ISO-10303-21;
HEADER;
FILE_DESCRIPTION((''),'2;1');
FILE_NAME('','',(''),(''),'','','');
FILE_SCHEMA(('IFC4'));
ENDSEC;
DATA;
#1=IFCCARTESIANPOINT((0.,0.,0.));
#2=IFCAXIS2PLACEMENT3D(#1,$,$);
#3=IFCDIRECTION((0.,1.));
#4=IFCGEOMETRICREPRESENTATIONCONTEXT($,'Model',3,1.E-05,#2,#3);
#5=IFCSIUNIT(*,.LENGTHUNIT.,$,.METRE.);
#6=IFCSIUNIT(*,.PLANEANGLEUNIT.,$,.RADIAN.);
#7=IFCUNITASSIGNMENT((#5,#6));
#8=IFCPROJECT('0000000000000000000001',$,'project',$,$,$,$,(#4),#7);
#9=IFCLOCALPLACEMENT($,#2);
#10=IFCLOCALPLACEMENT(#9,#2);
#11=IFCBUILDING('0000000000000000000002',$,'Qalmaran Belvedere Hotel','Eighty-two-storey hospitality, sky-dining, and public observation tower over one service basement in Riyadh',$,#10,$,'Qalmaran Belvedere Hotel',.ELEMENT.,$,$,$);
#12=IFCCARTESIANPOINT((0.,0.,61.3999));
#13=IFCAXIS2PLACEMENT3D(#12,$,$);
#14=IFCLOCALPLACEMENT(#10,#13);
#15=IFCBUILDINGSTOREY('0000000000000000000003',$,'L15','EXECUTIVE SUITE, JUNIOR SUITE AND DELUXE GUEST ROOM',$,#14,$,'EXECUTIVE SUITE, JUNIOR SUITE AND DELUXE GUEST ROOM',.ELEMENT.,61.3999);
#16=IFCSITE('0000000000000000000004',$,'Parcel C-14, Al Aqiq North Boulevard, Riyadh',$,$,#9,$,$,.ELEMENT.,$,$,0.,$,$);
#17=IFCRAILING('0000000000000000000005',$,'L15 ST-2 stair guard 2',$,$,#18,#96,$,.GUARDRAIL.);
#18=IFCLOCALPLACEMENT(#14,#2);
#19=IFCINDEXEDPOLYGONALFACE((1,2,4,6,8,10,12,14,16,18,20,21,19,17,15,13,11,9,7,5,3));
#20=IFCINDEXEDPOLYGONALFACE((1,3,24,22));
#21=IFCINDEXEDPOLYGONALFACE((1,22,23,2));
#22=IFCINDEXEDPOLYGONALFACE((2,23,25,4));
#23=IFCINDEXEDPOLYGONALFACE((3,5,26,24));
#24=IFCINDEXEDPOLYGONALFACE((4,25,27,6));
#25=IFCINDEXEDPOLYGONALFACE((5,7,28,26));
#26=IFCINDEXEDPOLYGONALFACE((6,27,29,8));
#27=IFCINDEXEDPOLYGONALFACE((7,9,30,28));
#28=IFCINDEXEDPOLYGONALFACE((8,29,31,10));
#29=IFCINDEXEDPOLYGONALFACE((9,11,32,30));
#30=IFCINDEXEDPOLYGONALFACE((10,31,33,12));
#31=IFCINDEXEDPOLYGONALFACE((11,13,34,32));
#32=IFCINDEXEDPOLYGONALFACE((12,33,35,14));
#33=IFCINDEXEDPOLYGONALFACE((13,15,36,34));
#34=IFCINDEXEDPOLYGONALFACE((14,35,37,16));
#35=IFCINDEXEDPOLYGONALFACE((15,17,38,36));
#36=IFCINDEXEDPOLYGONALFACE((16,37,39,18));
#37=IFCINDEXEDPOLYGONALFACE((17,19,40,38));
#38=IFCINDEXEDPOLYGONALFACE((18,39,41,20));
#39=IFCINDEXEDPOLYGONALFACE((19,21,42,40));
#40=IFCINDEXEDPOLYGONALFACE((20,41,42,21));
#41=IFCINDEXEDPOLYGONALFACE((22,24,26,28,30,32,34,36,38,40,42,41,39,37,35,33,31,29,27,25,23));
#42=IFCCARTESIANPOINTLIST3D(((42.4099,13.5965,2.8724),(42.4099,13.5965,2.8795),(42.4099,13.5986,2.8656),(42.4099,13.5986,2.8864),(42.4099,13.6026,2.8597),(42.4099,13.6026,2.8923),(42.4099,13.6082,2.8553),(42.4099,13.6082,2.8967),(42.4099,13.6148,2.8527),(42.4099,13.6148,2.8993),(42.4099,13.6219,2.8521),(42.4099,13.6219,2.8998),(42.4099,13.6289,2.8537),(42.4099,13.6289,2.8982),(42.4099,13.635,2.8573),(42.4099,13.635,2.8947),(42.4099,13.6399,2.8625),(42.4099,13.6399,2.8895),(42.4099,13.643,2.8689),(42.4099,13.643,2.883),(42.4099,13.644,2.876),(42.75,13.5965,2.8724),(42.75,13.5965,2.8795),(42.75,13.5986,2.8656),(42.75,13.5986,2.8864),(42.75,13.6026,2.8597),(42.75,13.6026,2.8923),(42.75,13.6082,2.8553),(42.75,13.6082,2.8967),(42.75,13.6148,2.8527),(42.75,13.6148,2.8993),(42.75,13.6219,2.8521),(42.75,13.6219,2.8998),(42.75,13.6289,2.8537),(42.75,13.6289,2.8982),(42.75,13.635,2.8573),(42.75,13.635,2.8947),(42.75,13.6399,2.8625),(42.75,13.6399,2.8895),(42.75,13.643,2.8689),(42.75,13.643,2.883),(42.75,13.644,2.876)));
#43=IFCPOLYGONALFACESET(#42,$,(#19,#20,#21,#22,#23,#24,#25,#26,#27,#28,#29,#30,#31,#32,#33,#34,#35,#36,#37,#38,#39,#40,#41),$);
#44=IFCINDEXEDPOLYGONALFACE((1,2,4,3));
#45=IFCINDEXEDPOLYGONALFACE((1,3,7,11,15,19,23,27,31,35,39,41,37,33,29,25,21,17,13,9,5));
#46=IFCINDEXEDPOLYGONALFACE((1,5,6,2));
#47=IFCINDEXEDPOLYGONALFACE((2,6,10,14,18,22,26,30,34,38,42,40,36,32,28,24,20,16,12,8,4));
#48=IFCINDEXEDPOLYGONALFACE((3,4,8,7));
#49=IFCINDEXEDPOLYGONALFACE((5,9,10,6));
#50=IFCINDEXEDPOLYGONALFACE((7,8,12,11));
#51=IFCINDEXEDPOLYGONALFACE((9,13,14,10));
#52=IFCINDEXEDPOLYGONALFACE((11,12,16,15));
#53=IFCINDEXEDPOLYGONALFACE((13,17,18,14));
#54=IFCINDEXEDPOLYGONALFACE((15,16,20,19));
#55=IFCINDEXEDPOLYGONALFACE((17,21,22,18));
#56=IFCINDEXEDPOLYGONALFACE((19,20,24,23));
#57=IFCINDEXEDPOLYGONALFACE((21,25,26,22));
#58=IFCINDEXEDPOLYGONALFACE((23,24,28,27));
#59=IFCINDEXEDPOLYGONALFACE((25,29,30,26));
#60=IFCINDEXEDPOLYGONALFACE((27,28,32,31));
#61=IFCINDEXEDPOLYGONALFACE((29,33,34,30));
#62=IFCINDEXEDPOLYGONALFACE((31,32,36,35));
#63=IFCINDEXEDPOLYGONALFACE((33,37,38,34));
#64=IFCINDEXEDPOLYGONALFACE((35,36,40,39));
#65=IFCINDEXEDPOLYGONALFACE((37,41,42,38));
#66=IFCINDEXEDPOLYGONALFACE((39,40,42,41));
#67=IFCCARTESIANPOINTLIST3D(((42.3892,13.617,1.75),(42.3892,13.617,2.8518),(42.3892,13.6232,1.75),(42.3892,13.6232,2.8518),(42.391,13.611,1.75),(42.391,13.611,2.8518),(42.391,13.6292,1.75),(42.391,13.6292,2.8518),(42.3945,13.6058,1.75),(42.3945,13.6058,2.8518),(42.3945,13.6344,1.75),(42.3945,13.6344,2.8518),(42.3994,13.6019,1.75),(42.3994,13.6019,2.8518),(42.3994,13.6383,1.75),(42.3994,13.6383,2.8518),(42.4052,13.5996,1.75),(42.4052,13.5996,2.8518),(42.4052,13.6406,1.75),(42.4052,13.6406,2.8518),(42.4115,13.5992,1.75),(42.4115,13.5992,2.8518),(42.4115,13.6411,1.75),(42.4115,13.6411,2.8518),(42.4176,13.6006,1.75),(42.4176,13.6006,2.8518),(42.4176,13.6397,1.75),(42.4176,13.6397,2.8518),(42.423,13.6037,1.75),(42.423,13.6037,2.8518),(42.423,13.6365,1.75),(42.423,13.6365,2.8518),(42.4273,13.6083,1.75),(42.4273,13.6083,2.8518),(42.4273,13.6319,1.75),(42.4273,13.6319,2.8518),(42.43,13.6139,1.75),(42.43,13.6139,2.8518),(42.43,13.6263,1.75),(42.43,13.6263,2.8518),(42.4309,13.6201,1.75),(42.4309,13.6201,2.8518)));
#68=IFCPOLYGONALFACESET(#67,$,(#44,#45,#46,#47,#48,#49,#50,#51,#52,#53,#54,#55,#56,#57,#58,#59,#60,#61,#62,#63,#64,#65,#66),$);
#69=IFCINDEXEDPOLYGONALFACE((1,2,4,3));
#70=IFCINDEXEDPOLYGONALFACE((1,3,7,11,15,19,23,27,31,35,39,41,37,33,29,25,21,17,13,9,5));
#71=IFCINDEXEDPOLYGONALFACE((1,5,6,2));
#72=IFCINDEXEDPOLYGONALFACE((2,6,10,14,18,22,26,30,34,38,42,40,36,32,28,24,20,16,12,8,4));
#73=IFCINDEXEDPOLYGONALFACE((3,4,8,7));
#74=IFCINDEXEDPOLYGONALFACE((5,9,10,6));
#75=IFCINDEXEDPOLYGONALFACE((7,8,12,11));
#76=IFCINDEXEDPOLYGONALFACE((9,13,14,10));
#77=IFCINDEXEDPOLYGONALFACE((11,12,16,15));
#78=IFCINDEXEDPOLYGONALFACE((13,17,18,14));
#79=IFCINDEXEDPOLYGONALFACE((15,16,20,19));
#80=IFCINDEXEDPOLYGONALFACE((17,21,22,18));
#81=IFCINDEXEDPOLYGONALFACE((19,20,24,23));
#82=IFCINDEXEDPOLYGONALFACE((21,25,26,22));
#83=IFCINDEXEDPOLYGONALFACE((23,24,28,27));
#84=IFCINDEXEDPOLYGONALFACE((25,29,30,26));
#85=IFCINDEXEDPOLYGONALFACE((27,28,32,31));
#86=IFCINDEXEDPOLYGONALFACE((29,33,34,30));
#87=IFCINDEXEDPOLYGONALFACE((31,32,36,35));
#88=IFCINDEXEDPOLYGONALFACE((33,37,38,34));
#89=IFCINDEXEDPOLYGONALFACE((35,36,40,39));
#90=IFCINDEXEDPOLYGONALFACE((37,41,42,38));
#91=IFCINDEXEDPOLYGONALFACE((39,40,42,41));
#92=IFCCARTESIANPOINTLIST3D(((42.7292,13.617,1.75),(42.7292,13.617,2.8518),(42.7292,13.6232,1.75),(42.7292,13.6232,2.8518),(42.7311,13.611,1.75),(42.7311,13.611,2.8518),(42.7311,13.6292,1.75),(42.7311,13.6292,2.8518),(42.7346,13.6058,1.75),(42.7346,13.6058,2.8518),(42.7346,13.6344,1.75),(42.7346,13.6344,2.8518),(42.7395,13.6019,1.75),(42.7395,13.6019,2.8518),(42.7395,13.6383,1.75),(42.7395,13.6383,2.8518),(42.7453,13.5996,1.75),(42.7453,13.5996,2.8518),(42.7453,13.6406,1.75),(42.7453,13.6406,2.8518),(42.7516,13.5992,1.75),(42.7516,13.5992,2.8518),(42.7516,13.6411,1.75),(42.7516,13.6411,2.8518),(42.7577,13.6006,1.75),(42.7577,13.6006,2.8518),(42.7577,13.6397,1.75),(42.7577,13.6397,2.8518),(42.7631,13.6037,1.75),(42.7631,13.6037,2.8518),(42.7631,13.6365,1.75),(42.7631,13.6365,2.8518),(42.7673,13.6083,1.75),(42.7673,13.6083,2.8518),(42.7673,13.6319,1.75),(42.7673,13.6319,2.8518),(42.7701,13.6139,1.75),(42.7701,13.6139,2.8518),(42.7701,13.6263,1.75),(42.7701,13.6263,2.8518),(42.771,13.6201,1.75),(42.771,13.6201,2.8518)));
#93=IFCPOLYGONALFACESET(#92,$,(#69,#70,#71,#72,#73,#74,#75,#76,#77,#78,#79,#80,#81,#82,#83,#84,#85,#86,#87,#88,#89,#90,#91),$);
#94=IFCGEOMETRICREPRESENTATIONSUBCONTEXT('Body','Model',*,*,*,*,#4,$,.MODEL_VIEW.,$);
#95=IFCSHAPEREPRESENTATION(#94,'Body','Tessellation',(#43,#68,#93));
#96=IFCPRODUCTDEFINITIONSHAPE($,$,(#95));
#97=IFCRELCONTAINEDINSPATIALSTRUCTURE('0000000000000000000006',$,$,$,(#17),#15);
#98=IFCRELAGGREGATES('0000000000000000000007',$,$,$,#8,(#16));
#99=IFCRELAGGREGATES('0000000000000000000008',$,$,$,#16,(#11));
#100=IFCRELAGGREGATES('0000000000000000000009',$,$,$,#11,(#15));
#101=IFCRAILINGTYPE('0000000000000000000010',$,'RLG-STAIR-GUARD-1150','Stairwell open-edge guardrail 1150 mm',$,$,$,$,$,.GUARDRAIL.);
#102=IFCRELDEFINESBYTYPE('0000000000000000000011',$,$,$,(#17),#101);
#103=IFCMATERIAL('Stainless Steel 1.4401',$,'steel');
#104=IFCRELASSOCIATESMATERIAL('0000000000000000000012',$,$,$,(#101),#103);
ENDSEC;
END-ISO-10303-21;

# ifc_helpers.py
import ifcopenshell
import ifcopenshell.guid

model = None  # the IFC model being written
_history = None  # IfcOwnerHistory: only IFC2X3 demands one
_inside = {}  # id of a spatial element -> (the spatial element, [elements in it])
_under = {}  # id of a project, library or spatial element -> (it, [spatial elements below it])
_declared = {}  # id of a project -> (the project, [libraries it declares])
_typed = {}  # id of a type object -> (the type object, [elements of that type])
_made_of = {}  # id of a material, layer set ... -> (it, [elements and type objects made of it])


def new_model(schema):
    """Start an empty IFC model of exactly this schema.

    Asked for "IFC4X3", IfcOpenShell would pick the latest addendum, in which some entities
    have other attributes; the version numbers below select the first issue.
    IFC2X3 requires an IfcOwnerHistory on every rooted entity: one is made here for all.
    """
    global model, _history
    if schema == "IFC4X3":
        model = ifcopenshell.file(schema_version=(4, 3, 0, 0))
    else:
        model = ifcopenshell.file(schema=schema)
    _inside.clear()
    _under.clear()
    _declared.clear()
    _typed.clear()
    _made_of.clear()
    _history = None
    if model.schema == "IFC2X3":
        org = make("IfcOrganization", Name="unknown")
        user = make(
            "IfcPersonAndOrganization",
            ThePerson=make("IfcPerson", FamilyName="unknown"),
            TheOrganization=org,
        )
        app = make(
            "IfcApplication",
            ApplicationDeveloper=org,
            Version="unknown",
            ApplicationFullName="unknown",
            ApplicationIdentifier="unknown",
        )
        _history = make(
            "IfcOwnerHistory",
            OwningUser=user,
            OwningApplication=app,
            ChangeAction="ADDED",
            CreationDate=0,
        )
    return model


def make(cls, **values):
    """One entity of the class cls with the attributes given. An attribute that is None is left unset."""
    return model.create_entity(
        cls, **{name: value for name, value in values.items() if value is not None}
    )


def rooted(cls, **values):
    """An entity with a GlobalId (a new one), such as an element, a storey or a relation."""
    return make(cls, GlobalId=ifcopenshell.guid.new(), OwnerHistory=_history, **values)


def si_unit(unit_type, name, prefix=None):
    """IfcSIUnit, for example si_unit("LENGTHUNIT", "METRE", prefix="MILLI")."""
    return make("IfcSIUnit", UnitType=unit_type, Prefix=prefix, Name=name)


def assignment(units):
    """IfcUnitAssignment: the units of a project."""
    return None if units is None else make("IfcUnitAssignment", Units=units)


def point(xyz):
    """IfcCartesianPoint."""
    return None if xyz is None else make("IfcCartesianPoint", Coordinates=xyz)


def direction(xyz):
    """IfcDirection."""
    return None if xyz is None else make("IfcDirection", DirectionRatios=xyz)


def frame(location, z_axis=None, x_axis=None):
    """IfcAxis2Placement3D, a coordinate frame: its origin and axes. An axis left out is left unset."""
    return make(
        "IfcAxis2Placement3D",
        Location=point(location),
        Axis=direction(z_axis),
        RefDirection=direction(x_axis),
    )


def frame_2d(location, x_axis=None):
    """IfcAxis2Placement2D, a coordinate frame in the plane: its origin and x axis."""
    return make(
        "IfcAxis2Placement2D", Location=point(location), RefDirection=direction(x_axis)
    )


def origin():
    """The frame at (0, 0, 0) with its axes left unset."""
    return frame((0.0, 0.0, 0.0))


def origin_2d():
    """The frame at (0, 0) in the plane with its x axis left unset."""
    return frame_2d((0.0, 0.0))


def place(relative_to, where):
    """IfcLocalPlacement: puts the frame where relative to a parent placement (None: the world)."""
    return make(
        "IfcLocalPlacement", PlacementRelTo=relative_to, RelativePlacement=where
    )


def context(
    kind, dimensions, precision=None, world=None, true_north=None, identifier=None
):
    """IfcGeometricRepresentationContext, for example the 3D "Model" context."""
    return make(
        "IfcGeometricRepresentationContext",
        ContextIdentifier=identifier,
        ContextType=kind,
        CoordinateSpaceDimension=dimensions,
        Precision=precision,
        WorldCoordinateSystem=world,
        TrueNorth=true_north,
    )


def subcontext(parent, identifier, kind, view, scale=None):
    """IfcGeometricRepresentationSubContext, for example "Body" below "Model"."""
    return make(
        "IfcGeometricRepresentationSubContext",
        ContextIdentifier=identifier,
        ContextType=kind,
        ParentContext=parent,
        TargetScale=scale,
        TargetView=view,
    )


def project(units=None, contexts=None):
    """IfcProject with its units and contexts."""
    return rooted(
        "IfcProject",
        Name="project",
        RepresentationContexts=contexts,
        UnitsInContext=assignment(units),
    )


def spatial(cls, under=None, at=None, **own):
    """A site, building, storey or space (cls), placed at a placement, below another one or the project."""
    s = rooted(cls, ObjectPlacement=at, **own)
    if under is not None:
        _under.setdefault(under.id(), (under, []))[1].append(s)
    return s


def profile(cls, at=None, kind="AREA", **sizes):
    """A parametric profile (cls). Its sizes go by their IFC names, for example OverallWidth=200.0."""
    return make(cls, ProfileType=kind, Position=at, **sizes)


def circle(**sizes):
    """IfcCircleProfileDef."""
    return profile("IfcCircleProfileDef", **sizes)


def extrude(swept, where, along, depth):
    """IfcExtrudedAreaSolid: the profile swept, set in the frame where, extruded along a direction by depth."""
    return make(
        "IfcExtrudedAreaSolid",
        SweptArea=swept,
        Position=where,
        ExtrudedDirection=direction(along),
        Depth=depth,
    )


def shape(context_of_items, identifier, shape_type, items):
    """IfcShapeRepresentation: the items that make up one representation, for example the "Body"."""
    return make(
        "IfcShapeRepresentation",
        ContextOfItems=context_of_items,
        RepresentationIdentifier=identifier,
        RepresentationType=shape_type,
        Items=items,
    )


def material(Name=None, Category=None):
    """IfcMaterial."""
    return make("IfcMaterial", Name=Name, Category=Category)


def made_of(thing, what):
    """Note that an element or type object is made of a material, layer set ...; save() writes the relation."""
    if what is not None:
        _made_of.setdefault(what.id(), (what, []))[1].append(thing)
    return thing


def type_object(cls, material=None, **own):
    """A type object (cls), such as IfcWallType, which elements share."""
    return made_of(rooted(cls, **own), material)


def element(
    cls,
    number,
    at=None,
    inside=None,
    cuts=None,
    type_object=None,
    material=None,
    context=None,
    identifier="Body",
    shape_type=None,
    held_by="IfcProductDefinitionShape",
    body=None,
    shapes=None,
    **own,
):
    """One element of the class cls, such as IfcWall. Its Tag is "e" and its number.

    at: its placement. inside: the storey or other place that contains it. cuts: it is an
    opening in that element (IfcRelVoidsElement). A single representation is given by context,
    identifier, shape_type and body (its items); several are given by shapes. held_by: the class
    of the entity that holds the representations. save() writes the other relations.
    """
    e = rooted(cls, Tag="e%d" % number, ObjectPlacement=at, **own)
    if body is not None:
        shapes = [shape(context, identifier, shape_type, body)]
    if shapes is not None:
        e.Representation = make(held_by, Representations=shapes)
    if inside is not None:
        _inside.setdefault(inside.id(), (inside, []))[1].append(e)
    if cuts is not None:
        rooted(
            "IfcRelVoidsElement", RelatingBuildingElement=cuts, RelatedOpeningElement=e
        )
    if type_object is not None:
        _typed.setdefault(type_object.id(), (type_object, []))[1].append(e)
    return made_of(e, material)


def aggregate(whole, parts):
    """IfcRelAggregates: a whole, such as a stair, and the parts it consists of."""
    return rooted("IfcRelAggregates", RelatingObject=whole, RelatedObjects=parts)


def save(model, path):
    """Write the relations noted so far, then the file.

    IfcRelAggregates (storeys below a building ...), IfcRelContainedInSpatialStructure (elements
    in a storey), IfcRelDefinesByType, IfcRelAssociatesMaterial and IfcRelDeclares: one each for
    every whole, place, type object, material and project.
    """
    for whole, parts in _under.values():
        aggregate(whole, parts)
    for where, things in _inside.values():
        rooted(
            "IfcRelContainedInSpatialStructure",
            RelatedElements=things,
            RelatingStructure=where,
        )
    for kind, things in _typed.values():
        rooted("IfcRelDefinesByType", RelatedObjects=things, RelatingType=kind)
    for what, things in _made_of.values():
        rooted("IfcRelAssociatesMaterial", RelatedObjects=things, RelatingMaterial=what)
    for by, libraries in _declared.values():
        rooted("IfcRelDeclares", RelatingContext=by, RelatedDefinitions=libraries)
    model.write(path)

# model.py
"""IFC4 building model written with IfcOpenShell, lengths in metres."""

from ifc_helpers import new_model, si_unit, direction, frame, origin, origin_2d, place, context, subcontext, project, spatial, circle, extrude, material, type_object, element, save


model = new_model("IFC4")

# Units and contexts
model_context = context("Model", 3, precision=1e-05, world=origin(), true_north=direction((0.0, 1.0)))
body_context = subcontext(model_context, "Body", "Model", "MODEL_VIEW")
ifc_project = project(units=[si_unit("LENGTHUNIT", "METRE"), si_unit("PLANEANGLEUNIT", "RADIAN")], contexts=[model_context])

# Site, building, storey
site_placement = place(None, origin())
site = spatial("IfcSite", under=ifc_project, at=site_placement, Name="Parcel C-14, Al Aqiq North Boulevard, Riyadh", CompositionType="ELEMENT", RefElevation=0.0)
building_placement = place(site_placement, origin())
building = spatial("IfcBuilding", under=site, at=building_placement, Name="Qalmaran Belvedere Hotel", Description="Eighty-two-storey hospitality, sky-dining, and public observation tower over one service basement in Riyadh", LongName="Qalmaran Belvedere Hotel", CompositionType="ELEMENT")
storey_placement = place(building_placement, frame((0.0, 0.0, 61.3999)))
storey = spatial("IfcBuildingStorey", under=building, at=storey_placement, Name="L15", Description="EXECUTIVE SUITE, JUNIOR SUITE AND DELUXE GUEST ROOM", LongName="EXECUTIVE SUITE, JUNIOR SUITE AND DELUXE GUEST ROOM", CompositionType="ELEMENT", Elevation=61.3999)

# Shared definitions
ifc_material_1 = material(Name="Stainless Steel 1.4401", Category="steel")

# Railing
railing_type_1 = type_object("IfcRailingType", Name="RLG-STAIR-GUARD-1150", Description="Stairwell open-edge guardrail 1150 mm", PredefinedType="GUARDRAIL", material=ifc_material_1)
railing_1_placement = place(storey_placement, frame((42.4099, 13.6201, 1.75)))
element("IfcRailing", 1, at=railing_1_placement, inside=storey, type_object=railing_type_1, Name="L15 ST-2 stair guard 2", PredefinedType="GUARDRAIL", context=body_context, shape_type="SweptSolid", body=[
    extrude(circle(Radius=0.0239, at=origin_2d()), frame((0.0, 0.0, 1.126), z_axis=(1.0, 0.0, 0.0), x_axis=(0.0, 1.0, 0.0)), (0.0, 0.0, 1.0), 0.3401),
    extrude(circle(Radius=0.021, at=origin_2d()), origin(), (0.0, 0.0, 1.0), 1.1018),
    extrude(circle(Radius=0.021, at=origin_2d()), frame((0.3401, 0.0, 0.0)), (0.0, 0.0, 1.0), 1.1018),
])

save(model, "model.ifc")
